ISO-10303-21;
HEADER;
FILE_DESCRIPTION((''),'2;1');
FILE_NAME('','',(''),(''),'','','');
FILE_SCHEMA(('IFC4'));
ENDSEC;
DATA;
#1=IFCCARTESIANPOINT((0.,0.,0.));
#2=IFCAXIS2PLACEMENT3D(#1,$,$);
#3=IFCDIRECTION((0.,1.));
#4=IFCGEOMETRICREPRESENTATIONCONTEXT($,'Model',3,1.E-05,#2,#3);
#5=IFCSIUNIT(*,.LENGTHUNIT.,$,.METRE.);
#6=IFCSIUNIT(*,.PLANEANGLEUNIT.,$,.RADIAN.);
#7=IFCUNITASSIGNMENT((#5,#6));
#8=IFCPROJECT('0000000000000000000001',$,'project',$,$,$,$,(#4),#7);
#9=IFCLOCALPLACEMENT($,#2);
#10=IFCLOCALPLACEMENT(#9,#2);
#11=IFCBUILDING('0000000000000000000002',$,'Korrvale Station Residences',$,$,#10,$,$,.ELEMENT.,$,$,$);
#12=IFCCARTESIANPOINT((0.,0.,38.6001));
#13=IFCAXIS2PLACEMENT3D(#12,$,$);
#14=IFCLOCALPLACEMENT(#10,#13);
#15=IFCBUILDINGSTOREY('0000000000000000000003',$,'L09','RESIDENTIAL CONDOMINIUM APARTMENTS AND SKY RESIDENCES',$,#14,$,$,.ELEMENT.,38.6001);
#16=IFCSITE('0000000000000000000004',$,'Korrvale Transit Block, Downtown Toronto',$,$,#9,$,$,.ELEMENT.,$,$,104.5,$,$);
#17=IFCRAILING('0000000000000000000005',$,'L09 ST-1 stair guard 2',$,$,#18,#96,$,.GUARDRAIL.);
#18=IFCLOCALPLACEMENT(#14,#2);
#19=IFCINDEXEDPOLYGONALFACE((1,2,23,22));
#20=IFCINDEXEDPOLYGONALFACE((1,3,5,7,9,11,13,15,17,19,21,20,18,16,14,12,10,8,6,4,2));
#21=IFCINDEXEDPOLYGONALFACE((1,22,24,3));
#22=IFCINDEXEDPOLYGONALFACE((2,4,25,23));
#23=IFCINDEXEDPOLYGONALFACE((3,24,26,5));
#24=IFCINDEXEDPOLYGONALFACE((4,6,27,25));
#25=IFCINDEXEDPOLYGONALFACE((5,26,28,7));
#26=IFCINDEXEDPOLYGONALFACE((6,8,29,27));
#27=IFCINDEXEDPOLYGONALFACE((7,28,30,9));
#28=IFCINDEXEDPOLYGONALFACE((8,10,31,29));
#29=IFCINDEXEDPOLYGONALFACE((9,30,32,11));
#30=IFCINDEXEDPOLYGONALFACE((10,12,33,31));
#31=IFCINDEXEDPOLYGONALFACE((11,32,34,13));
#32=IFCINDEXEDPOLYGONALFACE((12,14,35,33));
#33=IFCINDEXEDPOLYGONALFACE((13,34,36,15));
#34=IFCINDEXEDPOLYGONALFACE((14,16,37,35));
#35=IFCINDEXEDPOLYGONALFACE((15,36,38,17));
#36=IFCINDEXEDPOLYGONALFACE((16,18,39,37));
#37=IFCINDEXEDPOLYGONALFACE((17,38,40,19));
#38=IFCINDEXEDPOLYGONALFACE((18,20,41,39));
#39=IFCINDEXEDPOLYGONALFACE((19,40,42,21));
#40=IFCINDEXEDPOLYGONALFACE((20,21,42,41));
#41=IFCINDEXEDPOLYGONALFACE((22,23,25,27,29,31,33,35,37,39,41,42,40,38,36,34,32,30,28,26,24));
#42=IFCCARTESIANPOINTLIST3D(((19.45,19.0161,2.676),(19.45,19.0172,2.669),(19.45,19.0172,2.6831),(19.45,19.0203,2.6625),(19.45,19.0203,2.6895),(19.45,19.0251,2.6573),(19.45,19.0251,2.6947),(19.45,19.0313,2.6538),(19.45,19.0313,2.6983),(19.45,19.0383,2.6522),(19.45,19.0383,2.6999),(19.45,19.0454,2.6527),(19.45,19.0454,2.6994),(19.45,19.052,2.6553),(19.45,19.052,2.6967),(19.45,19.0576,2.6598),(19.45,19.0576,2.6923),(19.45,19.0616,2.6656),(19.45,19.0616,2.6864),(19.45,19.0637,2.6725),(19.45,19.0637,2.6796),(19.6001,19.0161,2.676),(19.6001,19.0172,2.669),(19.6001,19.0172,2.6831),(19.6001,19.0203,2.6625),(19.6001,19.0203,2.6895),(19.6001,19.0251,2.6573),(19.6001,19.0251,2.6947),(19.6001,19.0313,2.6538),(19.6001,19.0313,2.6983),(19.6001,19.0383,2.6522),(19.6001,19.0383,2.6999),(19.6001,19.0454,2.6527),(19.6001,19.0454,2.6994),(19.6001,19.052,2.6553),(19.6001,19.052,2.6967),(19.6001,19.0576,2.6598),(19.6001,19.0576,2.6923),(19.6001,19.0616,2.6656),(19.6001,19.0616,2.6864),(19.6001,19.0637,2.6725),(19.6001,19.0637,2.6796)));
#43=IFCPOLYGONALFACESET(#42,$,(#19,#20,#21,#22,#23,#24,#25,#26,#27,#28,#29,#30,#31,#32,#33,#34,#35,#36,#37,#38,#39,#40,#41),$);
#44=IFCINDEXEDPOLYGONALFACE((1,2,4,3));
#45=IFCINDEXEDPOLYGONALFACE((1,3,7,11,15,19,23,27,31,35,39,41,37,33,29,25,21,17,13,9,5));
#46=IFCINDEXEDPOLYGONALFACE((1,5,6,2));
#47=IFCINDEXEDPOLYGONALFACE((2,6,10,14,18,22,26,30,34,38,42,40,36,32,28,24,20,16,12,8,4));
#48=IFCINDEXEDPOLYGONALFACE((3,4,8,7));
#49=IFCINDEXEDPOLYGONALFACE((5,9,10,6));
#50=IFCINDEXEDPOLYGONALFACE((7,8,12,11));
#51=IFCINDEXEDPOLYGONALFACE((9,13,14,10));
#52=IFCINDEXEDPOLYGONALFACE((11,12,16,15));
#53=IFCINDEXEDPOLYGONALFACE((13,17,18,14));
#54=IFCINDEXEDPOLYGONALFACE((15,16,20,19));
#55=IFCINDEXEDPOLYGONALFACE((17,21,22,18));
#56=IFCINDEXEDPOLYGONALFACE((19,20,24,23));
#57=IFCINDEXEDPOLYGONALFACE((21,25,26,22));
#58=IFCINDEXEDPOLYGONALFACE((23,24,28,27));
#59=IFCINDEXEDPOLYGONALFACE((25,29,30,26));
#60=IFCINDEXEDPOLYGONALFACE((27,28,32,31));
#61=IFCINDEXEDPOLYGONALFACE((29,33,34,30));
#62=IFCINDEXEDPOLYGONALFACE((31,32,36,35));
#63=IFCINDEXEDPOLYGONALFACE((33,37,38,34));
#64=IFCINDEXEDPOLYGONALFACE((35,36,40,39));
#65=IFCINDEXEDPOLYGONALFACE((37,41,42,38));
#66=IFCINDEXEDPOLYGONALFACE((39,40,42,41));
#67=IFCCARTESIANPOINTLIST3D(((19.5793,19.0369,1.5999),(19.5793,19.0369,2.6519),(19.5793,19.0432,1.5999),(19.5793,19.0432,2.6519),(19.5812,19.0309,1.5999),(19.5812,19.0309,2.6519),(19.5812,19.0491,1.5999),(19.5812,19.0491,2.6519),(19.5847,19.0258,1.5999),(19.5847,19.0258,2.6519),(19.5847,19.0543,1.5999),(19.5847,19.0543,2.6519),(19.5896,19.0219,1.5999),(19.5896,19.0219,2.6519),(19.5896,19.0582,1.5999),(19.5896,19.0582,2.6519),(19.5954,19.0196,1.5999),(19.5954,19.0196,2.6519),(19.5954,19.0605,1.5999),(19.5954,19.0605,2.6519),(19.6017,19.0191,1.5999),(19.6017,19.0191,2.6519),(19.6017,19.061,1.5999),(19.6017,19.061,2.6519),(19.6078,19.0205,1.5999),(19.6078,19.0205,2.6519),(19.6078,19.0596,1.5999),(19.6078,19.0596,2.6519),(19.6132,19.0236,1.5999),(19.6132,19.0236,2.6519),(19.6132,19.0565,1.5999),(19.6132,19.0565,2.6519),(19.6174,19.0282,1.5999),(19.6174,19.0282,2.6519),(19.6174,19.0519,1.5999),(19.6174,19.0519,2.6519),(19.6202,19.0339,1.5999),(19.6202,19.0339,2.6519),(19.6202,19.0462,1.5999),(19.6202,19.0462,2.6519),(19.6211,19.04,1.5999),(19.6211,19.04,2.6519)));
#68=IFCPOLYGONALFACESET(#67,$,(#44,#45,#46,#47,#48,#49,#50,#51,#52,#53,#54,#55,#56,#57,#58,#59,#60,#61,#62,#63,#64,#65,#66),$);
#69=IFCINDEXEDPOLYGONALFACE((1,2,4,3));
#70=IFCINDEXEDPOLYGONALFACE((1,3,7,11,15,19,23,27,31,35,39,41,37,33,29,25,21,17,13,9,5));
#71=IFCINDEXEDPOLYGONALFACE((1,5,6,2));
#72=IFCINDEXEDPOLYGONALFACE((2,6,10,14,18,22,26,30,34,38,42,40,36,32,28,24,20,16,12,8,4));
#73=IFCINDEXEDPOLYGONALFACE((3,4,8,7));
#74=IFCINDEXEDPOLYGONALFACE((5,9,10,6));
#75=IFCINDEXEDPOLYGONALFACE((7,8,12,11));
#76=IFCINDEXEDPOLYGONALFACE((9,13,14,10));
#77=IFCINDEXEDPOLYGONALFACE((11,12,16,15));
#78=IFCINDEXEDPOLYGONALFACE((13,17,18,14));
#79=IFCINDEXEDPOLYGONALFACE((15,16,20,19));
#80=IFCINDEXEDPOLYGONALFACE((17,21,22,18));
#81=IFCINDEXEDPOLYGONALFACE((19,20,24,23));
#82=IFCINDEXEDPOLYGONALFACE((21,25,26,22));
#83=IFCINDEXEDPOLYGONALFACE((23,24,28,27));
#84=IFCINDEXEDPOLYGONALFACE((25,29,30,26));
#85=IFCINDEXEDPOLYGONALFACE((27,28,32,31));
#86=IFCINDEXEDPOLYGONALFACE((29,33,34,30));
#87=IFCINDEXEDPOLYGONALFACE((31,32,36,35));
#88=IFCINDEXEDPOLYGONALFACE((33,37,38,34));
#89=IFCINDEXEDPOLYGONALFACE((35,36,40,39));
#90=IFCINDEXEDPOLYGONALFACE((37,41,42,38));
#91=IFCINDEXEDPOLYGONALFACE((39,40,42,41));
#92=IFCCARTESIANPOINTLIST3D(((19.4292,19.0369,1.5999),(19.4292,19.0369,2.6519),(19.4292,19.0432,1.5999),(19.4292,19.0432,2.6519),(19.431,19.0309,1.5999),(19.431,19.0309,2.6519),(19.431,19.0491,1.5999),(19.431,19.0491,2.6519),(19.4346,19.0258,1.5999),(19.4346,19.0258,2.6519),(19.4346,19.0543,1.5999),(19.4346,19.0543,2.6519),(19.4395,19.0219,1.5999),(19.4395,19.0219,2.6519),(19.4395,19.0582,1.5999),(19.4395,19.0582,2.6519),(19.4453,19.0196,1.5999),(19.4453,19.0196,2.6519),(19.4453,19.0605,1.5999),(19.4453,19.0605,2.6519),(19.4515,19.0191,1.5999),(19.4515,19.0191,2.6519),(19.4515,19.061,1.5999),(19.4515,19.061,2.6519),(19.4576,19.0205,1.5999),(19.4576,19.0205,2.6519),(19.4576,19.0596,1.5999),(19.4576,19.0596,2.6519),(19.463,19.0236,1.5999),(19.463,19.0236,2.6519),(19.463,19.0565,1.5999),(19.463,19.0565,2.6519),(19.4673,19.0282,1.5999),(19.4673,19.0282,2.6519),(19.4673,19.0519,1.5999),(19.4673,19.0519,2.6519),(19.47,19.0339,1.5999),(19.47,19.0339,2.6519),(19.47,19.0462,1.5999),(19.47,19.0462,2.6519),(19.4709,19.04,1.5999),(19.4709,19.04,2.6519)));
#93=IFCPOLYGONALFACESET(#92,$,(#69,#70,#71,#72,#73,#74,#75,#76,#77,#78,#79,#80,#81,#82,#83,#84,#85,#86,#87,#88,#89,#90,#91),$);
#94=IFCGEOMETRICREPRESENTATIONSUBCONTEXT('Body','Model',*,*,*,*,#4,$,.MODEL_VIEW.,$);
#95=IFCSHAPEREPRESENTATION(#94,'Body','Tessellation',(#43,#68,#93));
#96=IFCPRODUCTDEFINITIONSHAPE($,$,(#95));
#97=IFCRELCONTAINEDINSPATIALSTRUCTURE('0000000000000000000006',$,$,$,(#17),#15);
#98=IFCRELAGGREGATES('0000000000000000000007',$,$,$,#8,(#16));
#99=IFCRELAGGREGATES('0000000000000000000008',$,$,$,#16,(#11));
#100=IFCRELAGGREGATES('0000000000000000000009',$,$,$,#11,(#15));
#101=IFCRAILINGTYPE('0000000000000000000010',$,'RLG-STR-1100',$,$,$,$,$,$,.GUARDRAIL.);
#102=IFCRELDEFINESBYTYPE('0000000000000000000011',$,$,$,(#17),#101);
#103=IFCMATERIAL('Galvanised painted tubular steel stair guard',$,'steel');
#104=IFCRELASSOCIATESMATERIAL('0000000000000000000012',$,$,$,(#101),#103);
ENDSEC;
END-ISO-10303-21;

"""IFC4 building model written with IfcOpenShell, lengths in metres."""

from ifc_helpers import new_model, si_unit, direction, frame, origin, origin_2d, place, context, subcontext, project, spatial, circle, extrude, material, type_object, element, save


model = new_model("IFC4")

# Units and contexts
model_context = context("Model", 3, precision=1e-05, world=origin(), true_north=direction((0.0, 1.0)))
body_context = subcontext(model_context, "Body", "Model", "MODEL_VIEW")
ifc_project = project(units=[si_unit("LENGTHUNIT", "METRE"), si_unit("PLANEANGLEUNIT", "RADIAN")], contexts=[model_context])

# Site, building, storey
site_placement = place(None, origin())
site = spatial("IfcSite", under=ifc_project, at=site_placement, Name="Korrvale Transit Block, Downtown Toronto", CompositionType="ELEMENT", RefElevation=104.5)
building_placement = place(site_placement, origin())
building = spatial("IfcBuilding", under=site, at=building_placement, Name="Korrvale Station Residences", CompositionType="ELEMENT")
storey_placement = place(building_placement, frame((0.0, 0.0, 38.6001)))
storey = spatial("IfcBuildingStorey", under=building, at=storey_placement, Name="L09", Description="RESIDENTIAL CONDOMINIUM APARTMENTS AND SKY RESIDENCES", CompositionType="ELEMENT", Elevation=38.6001)

# Railing
ifc_material_1 = material(Name="Galvanised painted tubular steel stair guard", Category="steel")
railing_type_1 = type_object("IfcRailingType", Name="RLG-STR-1100", PredefinedType="GUARDRAIL", material=ifc_material_1)
railing_1_placement = place(storey_placement, frame((19.6001, 19.04, 1.5999)))
element("IfcRailing", 1, at=railing_1_placement, inside=storey, type_object=railing_type_1, Name="L09 ST-1 stair guard 2", PredefinedType="GUARDRAIL", context=body_context, shape_type="SweptSolid", body=[
    extrude(circle(Radius=0.0239, at=origin_2d()), frame((0.0, 0.0, 1.0762), z_axis=(-1.0, 0.0, 0.0), x_axis=(0.0, -1.0, 0.0)), (0.0, 0.0, 1.0), 0.1501),
    extrude(circle(Radius=0.021, at=origin_2d()), origin(), (0.0, 0.0, 1.0), 1.052),
    extrude(circle(Radius=0.021, at=origin_2d()), frame((-0.1501, 0.0, 0.0)), (0.0, 0.0, 1.0), 1.052),
])

save(model, "model.ifc")
